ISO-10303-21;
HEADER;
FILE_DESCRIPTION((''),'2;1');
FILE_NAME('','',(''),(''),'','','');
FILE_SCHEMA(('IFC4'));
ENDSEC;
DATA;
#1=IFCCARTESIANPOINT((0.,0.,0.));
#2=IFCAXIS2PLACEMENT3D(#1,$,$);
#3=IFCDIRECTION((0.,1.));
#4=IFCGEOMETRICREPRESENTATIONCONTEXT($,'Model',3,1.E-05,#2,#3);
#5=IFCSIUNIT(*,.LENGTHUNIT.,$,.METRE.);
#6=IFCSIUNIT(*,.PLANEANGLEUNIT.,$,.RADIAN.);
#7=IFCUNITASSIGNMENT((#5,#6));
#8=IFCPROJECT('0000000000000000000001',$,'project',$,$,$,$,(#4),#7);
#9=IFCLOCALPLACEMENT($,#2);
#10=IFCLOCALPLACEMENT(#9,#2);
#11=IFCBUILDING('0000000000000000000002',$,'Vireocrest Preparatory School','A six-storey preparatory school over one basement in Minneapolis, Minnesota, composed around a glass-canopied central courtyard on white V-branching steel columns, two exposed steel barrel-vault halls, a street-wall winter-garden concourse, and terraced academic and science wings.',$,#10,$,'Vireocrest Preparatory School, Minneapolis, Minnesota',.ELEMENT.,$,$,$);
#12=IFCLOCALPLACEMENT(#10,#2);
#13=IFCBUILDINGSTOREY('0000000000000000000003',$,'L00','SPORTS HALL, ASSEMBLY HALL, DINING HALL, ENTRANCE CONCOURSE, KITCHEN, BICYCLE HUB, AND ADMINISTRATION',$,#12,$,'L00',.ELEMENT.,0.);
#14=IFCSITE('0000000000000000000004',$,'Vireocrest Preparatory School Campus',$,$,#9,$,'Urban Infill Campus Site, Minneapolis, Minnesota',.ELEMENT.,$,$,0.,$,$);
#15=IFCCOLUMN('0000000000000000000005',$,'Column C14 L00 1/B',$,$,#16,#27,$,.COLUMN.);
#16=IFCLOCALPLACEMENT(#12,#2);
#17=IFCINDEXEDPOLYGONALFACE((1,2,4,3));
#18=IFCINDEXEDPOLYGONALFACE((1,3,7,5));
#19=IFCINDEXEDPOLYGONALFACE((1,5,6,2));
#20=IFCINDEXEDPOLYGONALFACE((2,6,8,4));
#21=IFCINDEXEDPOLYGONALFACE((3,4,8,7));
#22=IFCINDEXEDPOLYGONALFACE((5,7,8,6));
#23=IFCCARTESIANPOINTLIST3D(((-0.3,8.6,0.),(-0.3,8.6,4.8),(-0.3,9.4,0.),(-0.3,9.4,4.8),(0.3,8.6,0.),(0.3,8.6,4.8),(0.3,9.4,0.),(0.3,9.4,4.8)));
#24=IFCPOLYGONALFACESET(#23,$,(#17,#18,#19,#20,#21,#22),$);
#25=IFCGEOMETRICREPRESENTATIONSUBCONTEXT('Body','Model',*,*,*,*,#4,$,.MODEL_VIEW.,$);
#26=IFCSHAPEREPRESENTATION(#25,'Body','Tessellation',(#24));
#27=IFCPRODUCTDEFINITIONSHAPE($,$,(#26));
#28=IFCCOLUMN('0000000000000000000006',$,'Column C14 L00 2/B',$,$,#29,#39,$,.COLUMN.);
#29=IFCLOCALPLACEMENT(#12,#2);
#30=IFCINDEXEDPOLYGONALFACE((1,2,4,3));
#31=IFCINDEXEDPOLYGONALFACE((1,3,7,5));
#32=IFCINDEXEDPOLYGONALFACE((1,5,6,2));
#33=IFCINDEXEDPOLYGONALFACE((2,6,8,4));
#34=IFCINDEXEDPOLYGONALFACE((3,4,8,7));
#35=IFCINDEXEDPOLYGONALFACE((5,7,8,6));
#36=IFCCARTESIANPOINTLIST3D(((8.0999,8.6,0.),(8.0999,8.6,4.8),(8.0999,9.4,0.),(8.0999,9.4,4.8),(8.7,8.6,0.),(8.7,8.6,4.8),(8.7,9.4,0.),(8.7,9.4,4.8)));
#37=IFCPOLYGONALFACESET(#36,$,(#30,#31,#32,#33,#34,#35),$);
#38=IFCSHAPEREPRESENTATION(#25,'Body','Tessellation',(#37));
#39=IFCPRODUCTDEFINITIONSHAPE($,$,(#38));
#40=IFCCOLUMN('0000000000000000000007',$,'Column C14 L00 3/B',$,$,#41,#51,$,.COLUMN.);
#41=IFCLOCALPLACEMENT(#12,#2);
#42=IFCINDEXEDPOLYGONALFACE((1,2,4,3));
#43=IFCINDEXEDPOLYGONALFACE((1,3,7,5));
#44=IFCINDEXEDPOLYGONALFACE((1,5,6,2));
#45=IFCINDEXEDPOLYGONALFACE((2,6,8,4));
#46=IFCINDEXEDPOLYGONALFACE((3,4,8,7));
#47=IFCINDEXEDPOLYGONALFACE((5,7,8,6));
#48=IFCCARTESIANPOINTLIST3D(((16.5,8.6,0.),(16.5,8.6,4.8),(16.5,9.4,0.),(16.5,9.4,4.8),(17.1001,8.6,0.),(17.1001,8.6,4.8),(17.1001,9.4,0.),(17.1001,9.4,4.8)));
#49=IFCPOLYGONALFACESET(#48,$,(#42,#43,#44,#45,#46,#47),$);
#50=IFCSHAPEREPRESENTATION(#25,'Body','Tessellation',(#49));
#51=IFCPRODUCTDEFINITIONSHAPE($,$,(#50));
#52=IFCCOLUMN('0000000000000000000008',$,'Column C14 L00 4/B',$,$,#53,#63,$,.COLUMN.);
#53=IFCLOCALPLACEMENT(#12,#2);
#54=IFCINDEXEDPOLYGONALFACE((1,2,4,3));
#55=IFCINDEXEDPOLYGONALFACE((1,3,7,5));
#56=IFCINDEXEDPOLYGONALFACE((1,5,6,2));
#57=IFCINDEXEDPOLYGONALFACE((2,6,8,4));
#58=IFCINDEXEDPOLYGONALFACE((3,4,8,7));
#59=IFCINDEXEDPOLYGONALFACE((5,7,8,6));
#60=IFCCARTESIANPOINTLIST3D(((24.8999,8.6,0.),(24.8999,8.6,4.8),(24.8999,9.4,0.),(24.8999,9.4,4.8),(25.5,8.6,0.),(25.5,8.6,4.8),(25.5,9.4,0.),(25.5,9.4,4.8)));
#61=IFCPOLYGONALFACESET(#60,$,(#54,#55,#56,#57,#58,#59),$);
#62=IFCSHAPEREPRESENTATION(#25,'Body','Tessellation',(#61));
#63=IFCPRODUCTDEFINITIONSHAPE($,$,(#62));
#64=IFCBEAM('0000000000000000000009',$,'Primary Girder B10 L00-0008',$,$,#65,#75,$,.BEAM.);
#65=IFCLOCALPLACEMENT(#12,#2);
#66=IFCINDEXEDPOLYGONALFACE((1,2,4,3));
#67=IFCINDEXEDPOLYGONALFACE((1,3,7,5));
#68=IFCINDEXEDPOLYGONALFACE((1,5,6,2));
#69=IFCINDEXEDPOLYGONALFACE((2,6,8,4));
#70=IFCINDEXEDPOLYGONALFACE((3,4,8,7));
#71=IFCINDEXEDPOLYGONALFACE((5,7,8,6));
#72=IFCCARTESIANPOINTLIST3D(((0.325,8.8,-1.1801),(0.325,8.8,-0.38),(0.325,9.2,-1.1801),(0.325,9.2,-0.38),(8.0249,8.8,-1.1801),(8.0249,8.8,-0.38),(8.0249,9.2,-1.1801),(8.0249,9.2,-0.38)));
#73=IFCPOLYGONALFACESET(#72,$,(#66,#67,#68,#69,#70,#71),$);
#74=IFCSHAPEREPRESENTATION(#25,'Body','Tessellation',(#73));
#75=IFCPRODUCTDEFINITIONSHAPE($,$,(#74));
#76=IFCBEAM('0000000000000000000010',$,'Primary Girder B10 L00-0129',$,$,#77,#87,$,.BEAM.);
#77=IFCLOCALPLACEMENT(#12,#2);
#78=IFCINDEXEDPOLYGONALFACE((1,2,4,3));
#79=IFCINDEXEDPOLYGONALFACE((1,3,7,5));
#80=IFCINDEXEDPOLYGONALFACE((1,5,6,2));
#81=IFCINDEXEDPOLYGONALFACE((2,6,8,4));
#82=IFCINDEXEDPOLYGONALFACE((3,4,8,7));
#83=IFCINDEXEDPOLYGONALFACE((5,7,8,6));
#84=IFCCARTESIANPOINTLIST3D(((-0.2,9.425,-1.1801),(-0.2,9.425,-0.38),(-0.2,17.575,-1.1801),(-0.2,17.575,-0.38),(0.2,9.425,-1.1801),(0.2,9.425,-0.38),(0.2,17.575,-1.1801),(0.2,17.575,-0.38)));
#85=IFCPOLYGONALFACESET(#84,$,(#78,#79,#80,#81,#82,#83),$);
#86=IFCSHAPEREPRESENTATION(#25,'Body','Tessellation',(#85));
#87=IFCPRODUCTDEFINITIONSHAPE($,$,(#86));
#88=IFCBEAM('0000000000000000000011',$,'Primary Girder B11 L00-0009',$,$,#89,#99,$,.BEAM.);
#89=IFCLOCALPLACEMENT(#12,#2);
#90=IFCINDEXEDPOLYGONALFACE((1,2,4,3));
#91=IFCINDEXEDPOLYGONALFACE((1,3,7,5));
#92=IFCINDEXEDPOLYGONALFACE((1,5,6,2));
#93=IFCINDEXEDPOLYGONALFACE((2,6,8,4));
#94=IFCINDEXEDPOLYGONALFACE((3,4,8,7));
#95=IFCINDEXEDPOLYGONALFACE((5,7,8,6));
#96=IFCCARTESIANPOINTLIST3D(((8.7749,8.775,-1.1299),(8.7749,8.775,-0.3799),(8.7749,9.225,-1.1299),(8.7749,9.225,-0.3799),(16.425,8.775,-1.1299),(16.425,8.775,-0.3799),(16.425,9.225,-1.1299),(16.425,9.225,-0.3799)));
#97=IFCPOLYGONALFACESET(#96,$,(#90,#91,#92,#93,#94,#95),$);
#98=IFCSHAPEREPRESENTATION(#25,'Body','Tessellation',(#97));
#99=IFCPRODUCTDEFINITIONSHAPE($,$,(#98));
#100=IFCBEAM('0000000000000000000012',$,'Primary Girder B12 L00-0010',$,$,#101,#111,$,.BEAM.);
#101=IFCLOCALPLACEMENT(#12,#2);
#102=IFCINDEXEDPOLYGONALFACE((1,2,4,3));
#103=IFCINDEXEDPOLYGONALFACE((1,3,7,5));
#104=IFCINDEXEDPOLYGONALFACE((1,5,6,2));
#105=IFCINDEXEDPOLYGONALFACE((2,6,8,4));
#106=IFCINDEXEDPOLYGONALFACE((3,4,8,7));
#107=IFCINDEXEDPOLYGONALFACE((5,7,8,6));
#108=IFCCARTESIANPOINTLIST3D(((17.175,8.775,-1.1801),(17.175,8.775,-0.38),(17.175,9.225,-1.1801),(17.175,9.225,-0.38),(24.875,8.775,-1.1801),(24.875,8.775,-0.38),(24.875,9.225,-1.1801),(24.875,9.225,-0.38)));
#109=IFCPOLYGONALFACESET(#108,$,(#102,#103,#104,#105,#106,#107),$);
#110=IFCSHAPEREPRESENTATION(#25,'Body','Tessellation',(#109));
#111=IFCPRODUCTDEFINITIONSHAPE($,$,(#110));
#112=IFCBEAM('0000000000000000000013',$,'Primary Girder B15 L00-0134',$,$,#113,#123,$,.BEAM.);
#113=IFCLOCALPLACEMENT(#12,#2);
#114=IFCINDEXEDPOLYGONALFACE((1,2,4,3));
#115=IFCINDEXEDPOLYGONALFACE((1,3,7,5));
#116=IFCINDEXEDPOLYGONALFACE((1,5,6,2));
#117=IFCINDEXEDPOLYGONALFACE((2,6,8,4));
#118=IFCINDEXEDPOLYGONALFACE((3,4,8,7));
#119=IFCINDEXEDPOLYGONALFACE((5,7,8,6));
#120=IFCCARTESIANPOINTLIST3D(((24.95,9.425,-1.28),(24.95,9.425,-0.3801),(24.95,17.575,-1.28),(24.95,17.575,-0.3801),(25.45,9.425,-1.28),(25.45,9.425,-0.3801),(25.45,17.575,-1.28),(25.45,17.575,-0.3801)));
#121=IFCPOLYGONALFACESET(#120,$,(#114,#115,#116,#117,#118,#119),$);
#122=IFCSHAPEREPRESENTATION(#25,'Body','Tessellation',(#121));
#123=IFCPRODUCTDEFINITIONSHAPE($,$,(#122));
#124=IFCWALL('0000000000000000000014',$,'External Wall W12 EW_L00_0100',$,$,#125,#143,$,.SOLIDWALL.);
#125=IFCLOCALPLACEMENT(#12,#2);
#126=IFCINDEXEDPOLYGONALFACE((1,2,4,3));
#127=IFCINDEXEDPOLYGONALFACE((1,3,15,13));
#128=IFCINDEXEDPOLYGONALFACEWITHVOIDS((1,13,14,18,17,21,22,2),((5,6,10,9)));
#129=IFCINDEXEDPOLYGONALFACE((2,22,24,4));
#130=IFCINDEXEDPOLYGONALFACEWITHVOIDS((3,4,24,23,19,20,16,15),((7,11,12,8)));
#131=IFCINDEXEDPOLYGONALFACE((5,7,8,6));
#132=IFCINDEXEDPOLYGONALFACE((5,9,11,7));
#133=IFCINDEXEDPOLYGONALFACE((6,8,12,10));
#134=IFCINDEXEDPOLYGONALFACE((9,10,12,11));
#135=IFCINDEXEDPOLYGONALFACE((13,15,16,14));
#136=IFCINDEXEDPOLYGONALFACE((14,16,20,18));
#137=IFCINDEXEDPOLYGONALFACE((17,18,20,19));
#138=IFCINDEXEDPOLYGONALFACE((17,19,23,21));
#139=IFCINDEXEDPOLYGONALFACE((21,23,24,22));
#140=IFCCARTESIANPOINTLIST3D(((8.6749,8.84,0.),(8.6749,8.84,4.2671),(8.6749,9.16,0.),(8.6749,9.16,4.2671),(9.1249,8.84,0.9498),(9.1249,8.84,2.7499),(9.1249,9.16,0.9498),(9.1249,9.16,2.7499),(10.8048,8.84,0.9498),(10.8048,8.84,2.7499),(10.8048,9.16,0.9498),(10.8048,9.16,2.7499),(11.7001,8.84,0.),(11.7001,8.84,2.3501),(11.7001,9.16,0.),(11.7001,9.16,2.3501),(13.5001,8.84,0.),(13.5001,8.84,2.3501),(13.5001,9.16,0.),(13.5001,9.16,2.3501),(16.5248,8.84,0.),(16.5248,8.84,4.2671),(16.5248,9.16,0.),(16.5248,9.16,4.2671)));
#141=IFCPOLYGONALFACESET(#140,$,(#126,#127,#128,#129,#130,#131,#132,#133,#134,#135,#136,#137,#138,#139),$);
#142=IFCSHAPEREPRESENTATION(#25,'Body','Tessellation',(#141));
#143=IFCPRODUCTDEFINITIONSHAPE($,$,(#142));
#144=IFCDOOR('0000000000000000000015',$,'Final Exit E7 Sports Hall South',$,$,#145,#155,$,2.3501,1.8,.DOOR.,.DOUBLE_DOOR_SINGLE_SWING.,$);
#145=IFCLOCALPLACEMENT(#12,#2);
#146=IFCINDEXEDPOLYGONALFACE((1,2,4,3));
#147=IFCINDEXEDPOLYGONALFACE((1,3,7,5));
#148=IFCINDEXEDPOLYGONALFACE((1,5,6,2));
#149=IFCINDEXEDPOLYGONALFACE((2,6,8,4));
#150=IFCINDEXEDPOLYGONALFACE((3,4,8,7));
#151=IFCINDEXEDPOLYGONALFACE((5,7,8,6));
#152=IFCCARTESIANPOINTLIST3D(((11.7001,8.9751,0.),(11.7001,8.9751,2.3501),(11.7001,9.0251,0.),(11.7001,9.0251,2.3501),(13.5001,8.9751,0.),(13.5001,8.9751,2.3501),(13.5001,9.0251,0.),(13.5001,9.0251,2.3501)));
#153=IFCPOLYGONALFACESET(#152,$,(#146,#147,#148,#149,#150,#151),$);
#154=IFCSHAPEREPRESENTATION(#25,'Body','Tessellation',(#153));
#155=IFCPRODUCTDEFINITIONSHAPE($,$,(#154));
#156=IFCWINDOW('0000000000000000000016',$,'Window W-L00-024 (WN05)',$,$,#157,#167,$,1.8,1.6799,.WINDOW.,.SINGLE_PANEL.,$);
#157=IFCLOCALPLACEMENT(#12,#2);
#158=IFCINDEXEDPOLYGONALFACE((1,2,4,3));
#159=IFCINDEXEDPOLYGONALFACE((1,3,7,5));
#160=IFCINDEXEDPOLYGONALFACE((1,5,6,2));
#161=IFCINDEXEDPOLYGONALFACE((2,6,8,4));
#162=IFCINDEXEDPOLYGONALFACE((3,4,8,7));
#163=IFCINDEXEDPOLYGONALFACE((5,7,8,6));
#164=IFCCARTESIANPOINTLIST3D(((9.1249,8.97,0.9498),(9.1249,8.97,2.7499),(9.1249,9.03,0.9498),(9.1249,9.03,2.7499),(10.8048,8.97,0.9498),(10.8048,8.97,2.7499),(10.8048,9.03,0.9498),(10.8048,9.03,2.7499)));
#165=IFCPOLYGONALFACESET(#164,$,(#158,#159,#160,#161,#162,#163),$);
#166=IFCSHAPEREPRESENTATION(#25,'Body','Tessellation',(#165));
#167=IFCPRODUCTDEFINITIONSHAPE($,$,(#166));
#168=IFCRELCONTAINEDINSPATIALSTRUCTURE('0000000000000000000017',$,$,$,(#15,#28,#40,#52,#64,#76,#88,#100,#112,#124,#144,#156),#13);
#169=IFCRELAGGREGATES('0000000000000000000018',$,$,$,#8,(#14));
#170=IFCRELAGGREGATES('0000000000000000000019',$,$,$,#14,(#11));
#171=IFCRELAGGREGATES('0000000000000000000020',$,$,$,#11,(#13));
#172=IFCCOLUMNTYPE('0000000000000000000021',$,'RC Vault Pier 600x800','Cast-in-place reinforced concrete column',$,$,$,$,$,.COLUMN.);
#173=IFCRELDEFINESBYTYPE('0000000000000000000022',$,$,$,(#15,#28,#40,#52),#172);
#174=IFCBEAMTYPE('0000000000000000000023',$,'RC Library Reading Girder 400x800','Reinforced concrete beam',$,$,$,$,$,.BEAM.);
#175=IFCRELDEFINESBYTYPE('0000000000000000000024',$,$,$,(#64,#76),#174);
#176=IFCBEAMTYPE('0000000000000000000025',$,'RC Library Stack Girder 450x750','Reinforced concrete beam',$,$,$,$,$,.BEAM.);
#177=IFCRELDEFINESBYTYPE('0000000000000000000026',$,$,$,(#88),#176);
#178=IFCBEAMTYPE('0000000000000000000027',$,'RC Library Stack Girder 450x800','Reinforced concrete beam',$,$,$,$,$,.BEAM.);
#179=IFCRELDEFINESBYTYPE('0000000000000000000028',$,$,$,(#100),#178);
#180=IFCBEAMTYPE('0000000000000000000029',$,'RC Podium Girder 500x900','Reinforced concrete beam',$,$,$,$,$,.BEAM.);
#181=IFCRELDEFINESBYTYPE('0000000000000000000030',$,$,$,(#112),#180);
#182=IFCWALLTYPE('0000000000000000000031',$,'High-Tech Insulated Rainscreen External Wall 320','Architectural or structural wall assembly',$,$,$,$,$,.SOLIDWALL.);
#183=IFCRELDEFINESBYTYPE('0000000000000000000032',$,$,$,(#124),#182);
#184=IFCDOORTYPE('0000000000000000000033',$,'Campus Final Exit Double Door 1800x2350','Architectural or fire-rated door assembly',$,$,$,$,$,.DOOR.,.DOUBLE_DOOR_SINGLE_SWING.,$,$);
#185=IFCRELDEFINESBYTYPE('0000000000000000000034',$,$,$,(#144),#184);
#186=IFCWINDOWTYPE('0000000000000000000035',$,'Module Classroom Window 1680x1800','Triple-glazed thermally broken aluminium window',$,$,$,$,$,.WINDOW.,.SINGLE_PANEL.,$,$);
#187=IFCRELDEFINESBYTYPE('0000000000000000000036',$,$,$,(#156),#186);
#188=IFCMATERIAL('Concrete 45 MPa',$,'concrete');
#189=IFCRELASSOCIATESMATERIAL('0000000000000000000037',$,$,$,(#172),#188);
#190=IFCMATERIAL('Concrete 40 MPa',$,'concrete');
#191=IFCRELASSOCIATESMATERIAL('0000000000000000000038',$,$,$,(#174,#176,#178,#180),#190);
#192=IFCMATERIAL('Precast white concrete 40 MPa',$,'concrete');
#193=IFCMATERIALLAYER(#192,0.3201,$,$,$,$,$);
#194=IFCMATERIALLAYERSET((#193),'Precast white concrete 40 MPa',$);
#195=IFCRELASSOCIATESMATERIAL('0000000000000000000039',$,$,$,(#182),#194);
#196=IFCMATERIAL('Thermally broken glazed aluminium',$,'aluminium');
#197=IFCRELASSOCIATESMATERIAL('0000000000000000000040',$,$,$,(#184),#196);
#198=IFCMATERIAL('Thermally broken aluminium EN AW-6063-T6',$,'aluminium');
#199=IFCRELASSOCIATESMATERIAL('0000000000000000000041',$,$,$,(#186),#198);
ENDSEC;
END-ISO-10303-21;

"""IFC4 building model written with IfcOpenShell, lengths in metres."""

from ifc_helpers import new_model, si_unit, direction, frame, frame_2d, origin, origin_2d, place, context, subcontext, project, spatial, rectangle, extrude, material, layer, layer_set, material_profile, profile_set, type_object, element, fill, save


model = new_model("IFC4")

# Units and contexts
model_context = context("Model", 3, precision=1e-05, world=origin(), true_north=direction((0.0, 1.0)))
body_context = subcontext(model_context, "Body", "Model", "MODEL_VIEW")
ifc_project = project(units=[si_unit("LENGTHUNIT", "METRE"), si_unit("PLANEANGLEUNIT", "RADIAN")], contexts=[model_context])

# Site, building, storey
site_placement = place(None, origin())
site = spatial("IfcSite", under=ifc_project, at=site_placement, Name="Vireocrest Preparatory School Campus", LongName="Urban Infill Campus Site, Minneapolis, Minnesota", CompositionType="ELEMENT", RefElevation=0.0)
building_placement = place(site_placement, origin())
building = spatial("IfcBuilding", under=site, at=building_placement, Name="Vireocrest Preparatory School", Description="A six-storey preparatory school over one basement in Minneapolis, Minnesota, composed around a glass-canopied central courtyard on white V-branching steel columns, two exposed steel barrel-vault halls, a street-wall winter-garden concourse, and terraced academic and science wings.", LongName="Vireocrest Preparatory School, Minneapolis, Minnesota", CompositionType="ELEMENT")
storey_placement = place(building_placement, origin())
storey = spatial("IfcBuildingStorey", under=building, at=storey_placement, Name="L00", Description="SPORTS HALL, ASSEMBLY HALL, DINING HALL, ENTRANCE CONCOURSE, KITCHEN, BICYCLE HUB, AND ADMINISTRATION", LongName="L00", CompositionType="ELEMENT", Elevation=0.0)

# Columns
ifc_material_1 = material(Name="Concrete 45 MPa", Category="concrete")
ifc_material_profile_1 = material_profile(ifc_material_1, rectangle(XDim=0.6001, YDim=0.8, at=origin_2d()), Name="RC 600x800")
ifc_profile_set_1 = profile_set([ifc_material_profile_1], Name="Concrete 45 MPa")
column_type = type_object("IfcColumnType", Name="RC Vault Pier 600x800", Description="Cast-in-place reinforced concrete column", PredefinedType="COLUMN", material=ifc_profile_set_1)
for number, where, z_axis, x_axis, name in (
    (1, (0.0, 9.0, 0.0), (0.0, 0.0, 1.0), (1.0, 0.0, 0.0), "Column C14 L00 1/B"),
    (2, (8.3999, 9.0, 0.0), (0.0, 0.0, 1.0), (1.0, 0.0, 0.0), "Column C14 L00 2/B"),
    (3, (16.8, 9.0, 0.0), (0.0, 0.0, 1.0), (1.0, 0.0, 0.0), "Column C14 L00 3/B"),
    (4, (25.2, 9.0, 0.0), (0.0, 0.0, 1.0), (1.0, 0.0, 0.0), "Column C14 L00 4/B"),
):
    element("IfcColumn", number, at=place(storey_placement, frame(where, z_axis=z_axis, x_axis=x_axis)), inside=storey, type_object=column_type, Name=name, PredefinedType="COLUMN", context=body_context, shape_type="SweptSolid", body=[
        extrude(rectangle(XDim=0.6001, YDim=0.8, at=origin_2d()), origin(), (0.0, 0.0, 1.0), 4.8),
    ])

# Beams
ifc_material_2 = material(Name="Concrete 40 MPa", Category="concrete")
ifc_material_profile_2 = material_profile(ifc_material_2, rectangle(XDim=0.3999, YDim=0.8, at=origin_2d()), Name="RC 400x800")
ifc_profile_set_2 = profile_set([ifc_material_profile_2], Name="Concrete 40 MPa")
beam_type_1 = type_object("IfcBeamType", Name="RC Library Reading Girder 400x800", Description="Reinforced concrete beam", PredefinedType="BEAM", material=ifc_profile_set_2)
beam_1_placement = place(storey_placement, frame((0.325, 9.0, -0.78), z_axis=(1.0, 0.0, 0.0), x_axis=(0.0, 1.0, 0.0)))
element("IfcBeam", 5, at=beam_1_placement, inside=storey, type_object=beam_type_1, Name="Primary Girder B10 L00-0008", PredefinedType="BEAM", context=body_context, shape_type="SweptSolid", body=[
    extrude(rectangle(XDim=0.3999, YDim=0.8, at=origin_2d()), origin(), (0.0, 0.0, 1.0), 7.7),
])
beam_2_placement = place(storey_placement, frame((0.0, 9.425, -0.78), z_axis=(0.0, 1.0, 0.0), x_axis=(-1.0, 0.0, 0.0)))
element("IfcBeam", 6, at=beam_2_placement, inside=storey, type_object=beam_type_1, Name="Primary Girder B10 L00-0129", PredefinedType="BEAM", context=body_context, shape_type="SweptSolid", body=[
    extrude(rectangle(XDim=0.3999, YDim=0.8, at=origin_2d()), origin(), (0.0, 0.0, 1.0), 8.1499),
])
ifc_material_profile_3 = material_profile(ifc_material_2, rectangle(XDim=0.45, YDim=0.75, at=origin_2d()), Name="RC 450x750")
ifc_profile_set_3 = profile_set([ifc_material_profile_3], Name="Concrete 40 MPa")
beam_type_2 = type_object("IfcBeamType", Name="RC Library Stack Girder 450x750", Description="Reinforced concrete beam", PredefinedType="BEAM", material=ifc_profile_set_3)
beam_3_placement = place(storey_placement, frame((8.7749, 9.0, -0.7549), z_axis=(1.0, 0.0, 0.0), x_axis=(0.0, 1.0, 0.0)))
element("IfcBeam", 7, at=beam_3_placement, inside=storey, type_object=beam_type_2, Name="Primary Girder B11 L00-0009", PredefinedType="BEAM", context=body_context, shape_type="SweptSolid", body=[
    extrude(rectangle(XDim=0.45, YDim=0.75, at=origin_2d()), origin(), (0.0, 0.0, 1.0), 7.6501),
])
ifc_material_profile_4 = material_profile(ifc_material_2, rectangle(XDim=0.45, YDim=0.8, at=origin_2d()), Name="RC 450x800")
ifc_profile_set_4 = profile_set([ifc_material_profile_4], Name="Concrete 40 MPa")
beam_type_3 = type_object("IfcBeamType", Name="RC Library Stack Girder 450x800", Description="Reinforced concrete beam", PredefinedType="BEAM", material=ifc_profile_set_4)
beam_4_placement = place(storey_placement, frame((17.175, 9.0, -0.78), z_axis=(1.0, 0.0, 0.0), x_axis=(0.0, 1.0, 0.0)))
element("IfcBeam", 8, at=beam_4_placement, inside=storey, type_object=beam_type_3, Name="Primary Girder B12 L00-0010", PredefinedType="BEAM", context=body_context, shape_type="SweptSolid", body=[
    extrude(rectangle(XDim=0.45, YDim=0.8, at=origin_2d()), origin(), (0.0, 0.0, 1.0), 7.7),
])
ifc_material_profile_5 = material_profile(ifc_material_2, rectangle(XDim=0.5, YDim=0.8999, at=origin_2d()), Name="RC 500x900")
ifc_profile_set_5 = profile_set([ifc_material_profile_5], Name="Concrete 40 MPa")
beam_type_4 = type_object("IfcBeamType", Name="RC Podium Girder 500x900", Description="Reinforced concrete beam", PredefinedType="BEAM", material=ifc_profile_set_5)
beam_5_placement = place(storey_placement, frame((25.2, 9.425, -0.8301), z_axis=(0.0, 1.0, 0.0), x_axis=(-1.0, 0.0, 0.0)))
element("IfcBeam", 9, at=beam_5_placement, inside=storey, type_object=beam_type_4, Name="Primary Girder B15 L00-0134", PredefinedType="BEAM", context=body_context, shape_type="SweptSolid", body=[
    extrude(rectangle(XDim=0.5, YDim=0.8999, at=origin_2d()), origin(), (0.0, 0.0, 1.0), 8.1499),
])

# Wall, openings, door, window
ifc_material_3 = material(Name="Precast white concrete 40 MPa", Category="concrete")
ifc_layer_1 = layer(ifc_material_3, 0.3201)
ifc_layer_set_1 = layer_set([ifc_layer_1], Name="Precast white concrete 40 MPa")
wall_type_1 = type_object("IfcWallType", Name="High-Tech Insulated Rainscreen External Wall 320", Description="Architectural or structural wall assembly", PredefinedType="SOLIDWALL", material=ifc_layer_set_1)
wall_1_placement = place(storey_placement, frame((8.675, 9.0, 0.0), z_axis=(0.0, 0.0, 1.0), x_axis=(1.0, 0.0, 0.0)))
wall_1 = element("IfcWall", 10, at=wall_1_placement, inside=storey, type_object=wall_type_1, Name="External Wall W12 EW_L00_0100", PredefinedType="SOLIDWALL", context=body_context, shape_type="SweptSolid", body=[
    extrude(rectangle(XDim=7.8499, YDim=0.3201, at=frame_2d((3.9248, 0.0))), origin(), (0.0, 0.0, 1.0), 4.2671),
])
opening_1_placement = place(wall_1_placement, frame((4.825, 0.0, 0.0), z_axis=(0.0, 0.0, 1.0), x_axis=(-1.0, 0.0, 0.0)))
opening_1 = element("IfcOpeningElement", 11, at=opening_1_placement, cuts=wall_1, PredefinedType="OPENING", context=body_context, shape_type="SweptSolid", body=[
    extrude(rectangle(XDim=1.8, YDim=2.3501, at=frame_2d((0.8999, 1.175))), frame((0.0, 0.1699, 0.0), z_axis=(0.0, -1.0, 0.0), x_axis=(1.0, 0.0, 0.0)), (0.0, 0.0, 1.0), 0.3401),
])
opening_2_placement = place(wall_1_placement, frame((0.45, 0.0, 0.95)))
opening_2 = element("IfcOpeningElement", 12, at=opening_2_placement, cuts=wall_1, PredefinedType="OPENING", context=body_context, shape_type="SweptSolid", body=[
    extrude(rectangle(XDim=1.6799, YDim=1.8, at=frame_2d((0.8398, 0.8999))), frame((0.0, 0.1699, 0.0), z_axis=(0.0, -1.0, 0.0), x_axis=(1.0, 0.0, 0.0)), (0.0, 0.0, 1.0), 0.3401),
])
ifc_material_4 = material(Name="Thermally broken glazed aluminium", Category="aluminium")
door_type = type_object("IfcDoorType", Name="Campus Final Exit Double Door 1800x2350", Description="Architectural or fire-rated door assembly", OperationType="DOUBLE_DOOR_SINGLE_SWING", PredefinedType="DOOR", material=ifc_material_4)
door_placement = place(opening_1_placement, origin())
door = element("IfcDoor", 13, at=door_placement, inside=storey, type_object=door_type, Name="Final Exit E7 Sports Hall South", OperationType="DOUBLE_DOOR_SINGLE_SWING", OverallHeight=2.3501, OverallWidth=1.8, PredefinedType="DOOR", context=body_context, shape_type="SweptSolid", body=[
    extrude(rectangle(XDim=1.8, YDim=2.3501, at=frame_2d((0.8999, 1.175))), frame((0.0, 0.0249, 0.0), z_axis=(0.0, -1.0, 0.0), x_axis=(1.0, 0.0, 0.0)), (0.0, 0.0, 1.0), 0.05),
])
fill(opening_1, door)
ifc_material_5 = material(Name="Thermally broken aluminium EN AW-6063-T6", Category="aluminium")
window_type_1 = type_object("IfcWindowType", Name="Module Classroom Window 1680x1800", Description="Triple-glazed thermally broken aluminium window", PartitioningType="SINGLE_PANEL", PredefinedType="WINDOW", material=ifc_material_5)
window_1_placement = place(opening_2_placement, origin())
window_1 = element("IfcWindow", 14, at=window_1_placement, inside=storey, type_object=window_type_1, Name="Window W-L00-024 (WN05)", OverallHeight=1.8, OverallWidth=1.6799, PartitioningType="SINGLE_PANEL", PredefinedType="WINDOW", context=body_context, shape_type="SweptSolid", body=[
    extrude(rectangle(XDim=1.6799, YDim=1.8, at=frame_2d((0.8398, 0.8999))), frame((0.0, 0.03, 0.0), z_axis=(0.0, -1.0, 0.0), x_axis=(1.0, 0.0, 0.0)), (0.0, 0.0, 1.0), 0.0601),
])
fill(opening_2, window_1)

save(model, "model.ifc")
